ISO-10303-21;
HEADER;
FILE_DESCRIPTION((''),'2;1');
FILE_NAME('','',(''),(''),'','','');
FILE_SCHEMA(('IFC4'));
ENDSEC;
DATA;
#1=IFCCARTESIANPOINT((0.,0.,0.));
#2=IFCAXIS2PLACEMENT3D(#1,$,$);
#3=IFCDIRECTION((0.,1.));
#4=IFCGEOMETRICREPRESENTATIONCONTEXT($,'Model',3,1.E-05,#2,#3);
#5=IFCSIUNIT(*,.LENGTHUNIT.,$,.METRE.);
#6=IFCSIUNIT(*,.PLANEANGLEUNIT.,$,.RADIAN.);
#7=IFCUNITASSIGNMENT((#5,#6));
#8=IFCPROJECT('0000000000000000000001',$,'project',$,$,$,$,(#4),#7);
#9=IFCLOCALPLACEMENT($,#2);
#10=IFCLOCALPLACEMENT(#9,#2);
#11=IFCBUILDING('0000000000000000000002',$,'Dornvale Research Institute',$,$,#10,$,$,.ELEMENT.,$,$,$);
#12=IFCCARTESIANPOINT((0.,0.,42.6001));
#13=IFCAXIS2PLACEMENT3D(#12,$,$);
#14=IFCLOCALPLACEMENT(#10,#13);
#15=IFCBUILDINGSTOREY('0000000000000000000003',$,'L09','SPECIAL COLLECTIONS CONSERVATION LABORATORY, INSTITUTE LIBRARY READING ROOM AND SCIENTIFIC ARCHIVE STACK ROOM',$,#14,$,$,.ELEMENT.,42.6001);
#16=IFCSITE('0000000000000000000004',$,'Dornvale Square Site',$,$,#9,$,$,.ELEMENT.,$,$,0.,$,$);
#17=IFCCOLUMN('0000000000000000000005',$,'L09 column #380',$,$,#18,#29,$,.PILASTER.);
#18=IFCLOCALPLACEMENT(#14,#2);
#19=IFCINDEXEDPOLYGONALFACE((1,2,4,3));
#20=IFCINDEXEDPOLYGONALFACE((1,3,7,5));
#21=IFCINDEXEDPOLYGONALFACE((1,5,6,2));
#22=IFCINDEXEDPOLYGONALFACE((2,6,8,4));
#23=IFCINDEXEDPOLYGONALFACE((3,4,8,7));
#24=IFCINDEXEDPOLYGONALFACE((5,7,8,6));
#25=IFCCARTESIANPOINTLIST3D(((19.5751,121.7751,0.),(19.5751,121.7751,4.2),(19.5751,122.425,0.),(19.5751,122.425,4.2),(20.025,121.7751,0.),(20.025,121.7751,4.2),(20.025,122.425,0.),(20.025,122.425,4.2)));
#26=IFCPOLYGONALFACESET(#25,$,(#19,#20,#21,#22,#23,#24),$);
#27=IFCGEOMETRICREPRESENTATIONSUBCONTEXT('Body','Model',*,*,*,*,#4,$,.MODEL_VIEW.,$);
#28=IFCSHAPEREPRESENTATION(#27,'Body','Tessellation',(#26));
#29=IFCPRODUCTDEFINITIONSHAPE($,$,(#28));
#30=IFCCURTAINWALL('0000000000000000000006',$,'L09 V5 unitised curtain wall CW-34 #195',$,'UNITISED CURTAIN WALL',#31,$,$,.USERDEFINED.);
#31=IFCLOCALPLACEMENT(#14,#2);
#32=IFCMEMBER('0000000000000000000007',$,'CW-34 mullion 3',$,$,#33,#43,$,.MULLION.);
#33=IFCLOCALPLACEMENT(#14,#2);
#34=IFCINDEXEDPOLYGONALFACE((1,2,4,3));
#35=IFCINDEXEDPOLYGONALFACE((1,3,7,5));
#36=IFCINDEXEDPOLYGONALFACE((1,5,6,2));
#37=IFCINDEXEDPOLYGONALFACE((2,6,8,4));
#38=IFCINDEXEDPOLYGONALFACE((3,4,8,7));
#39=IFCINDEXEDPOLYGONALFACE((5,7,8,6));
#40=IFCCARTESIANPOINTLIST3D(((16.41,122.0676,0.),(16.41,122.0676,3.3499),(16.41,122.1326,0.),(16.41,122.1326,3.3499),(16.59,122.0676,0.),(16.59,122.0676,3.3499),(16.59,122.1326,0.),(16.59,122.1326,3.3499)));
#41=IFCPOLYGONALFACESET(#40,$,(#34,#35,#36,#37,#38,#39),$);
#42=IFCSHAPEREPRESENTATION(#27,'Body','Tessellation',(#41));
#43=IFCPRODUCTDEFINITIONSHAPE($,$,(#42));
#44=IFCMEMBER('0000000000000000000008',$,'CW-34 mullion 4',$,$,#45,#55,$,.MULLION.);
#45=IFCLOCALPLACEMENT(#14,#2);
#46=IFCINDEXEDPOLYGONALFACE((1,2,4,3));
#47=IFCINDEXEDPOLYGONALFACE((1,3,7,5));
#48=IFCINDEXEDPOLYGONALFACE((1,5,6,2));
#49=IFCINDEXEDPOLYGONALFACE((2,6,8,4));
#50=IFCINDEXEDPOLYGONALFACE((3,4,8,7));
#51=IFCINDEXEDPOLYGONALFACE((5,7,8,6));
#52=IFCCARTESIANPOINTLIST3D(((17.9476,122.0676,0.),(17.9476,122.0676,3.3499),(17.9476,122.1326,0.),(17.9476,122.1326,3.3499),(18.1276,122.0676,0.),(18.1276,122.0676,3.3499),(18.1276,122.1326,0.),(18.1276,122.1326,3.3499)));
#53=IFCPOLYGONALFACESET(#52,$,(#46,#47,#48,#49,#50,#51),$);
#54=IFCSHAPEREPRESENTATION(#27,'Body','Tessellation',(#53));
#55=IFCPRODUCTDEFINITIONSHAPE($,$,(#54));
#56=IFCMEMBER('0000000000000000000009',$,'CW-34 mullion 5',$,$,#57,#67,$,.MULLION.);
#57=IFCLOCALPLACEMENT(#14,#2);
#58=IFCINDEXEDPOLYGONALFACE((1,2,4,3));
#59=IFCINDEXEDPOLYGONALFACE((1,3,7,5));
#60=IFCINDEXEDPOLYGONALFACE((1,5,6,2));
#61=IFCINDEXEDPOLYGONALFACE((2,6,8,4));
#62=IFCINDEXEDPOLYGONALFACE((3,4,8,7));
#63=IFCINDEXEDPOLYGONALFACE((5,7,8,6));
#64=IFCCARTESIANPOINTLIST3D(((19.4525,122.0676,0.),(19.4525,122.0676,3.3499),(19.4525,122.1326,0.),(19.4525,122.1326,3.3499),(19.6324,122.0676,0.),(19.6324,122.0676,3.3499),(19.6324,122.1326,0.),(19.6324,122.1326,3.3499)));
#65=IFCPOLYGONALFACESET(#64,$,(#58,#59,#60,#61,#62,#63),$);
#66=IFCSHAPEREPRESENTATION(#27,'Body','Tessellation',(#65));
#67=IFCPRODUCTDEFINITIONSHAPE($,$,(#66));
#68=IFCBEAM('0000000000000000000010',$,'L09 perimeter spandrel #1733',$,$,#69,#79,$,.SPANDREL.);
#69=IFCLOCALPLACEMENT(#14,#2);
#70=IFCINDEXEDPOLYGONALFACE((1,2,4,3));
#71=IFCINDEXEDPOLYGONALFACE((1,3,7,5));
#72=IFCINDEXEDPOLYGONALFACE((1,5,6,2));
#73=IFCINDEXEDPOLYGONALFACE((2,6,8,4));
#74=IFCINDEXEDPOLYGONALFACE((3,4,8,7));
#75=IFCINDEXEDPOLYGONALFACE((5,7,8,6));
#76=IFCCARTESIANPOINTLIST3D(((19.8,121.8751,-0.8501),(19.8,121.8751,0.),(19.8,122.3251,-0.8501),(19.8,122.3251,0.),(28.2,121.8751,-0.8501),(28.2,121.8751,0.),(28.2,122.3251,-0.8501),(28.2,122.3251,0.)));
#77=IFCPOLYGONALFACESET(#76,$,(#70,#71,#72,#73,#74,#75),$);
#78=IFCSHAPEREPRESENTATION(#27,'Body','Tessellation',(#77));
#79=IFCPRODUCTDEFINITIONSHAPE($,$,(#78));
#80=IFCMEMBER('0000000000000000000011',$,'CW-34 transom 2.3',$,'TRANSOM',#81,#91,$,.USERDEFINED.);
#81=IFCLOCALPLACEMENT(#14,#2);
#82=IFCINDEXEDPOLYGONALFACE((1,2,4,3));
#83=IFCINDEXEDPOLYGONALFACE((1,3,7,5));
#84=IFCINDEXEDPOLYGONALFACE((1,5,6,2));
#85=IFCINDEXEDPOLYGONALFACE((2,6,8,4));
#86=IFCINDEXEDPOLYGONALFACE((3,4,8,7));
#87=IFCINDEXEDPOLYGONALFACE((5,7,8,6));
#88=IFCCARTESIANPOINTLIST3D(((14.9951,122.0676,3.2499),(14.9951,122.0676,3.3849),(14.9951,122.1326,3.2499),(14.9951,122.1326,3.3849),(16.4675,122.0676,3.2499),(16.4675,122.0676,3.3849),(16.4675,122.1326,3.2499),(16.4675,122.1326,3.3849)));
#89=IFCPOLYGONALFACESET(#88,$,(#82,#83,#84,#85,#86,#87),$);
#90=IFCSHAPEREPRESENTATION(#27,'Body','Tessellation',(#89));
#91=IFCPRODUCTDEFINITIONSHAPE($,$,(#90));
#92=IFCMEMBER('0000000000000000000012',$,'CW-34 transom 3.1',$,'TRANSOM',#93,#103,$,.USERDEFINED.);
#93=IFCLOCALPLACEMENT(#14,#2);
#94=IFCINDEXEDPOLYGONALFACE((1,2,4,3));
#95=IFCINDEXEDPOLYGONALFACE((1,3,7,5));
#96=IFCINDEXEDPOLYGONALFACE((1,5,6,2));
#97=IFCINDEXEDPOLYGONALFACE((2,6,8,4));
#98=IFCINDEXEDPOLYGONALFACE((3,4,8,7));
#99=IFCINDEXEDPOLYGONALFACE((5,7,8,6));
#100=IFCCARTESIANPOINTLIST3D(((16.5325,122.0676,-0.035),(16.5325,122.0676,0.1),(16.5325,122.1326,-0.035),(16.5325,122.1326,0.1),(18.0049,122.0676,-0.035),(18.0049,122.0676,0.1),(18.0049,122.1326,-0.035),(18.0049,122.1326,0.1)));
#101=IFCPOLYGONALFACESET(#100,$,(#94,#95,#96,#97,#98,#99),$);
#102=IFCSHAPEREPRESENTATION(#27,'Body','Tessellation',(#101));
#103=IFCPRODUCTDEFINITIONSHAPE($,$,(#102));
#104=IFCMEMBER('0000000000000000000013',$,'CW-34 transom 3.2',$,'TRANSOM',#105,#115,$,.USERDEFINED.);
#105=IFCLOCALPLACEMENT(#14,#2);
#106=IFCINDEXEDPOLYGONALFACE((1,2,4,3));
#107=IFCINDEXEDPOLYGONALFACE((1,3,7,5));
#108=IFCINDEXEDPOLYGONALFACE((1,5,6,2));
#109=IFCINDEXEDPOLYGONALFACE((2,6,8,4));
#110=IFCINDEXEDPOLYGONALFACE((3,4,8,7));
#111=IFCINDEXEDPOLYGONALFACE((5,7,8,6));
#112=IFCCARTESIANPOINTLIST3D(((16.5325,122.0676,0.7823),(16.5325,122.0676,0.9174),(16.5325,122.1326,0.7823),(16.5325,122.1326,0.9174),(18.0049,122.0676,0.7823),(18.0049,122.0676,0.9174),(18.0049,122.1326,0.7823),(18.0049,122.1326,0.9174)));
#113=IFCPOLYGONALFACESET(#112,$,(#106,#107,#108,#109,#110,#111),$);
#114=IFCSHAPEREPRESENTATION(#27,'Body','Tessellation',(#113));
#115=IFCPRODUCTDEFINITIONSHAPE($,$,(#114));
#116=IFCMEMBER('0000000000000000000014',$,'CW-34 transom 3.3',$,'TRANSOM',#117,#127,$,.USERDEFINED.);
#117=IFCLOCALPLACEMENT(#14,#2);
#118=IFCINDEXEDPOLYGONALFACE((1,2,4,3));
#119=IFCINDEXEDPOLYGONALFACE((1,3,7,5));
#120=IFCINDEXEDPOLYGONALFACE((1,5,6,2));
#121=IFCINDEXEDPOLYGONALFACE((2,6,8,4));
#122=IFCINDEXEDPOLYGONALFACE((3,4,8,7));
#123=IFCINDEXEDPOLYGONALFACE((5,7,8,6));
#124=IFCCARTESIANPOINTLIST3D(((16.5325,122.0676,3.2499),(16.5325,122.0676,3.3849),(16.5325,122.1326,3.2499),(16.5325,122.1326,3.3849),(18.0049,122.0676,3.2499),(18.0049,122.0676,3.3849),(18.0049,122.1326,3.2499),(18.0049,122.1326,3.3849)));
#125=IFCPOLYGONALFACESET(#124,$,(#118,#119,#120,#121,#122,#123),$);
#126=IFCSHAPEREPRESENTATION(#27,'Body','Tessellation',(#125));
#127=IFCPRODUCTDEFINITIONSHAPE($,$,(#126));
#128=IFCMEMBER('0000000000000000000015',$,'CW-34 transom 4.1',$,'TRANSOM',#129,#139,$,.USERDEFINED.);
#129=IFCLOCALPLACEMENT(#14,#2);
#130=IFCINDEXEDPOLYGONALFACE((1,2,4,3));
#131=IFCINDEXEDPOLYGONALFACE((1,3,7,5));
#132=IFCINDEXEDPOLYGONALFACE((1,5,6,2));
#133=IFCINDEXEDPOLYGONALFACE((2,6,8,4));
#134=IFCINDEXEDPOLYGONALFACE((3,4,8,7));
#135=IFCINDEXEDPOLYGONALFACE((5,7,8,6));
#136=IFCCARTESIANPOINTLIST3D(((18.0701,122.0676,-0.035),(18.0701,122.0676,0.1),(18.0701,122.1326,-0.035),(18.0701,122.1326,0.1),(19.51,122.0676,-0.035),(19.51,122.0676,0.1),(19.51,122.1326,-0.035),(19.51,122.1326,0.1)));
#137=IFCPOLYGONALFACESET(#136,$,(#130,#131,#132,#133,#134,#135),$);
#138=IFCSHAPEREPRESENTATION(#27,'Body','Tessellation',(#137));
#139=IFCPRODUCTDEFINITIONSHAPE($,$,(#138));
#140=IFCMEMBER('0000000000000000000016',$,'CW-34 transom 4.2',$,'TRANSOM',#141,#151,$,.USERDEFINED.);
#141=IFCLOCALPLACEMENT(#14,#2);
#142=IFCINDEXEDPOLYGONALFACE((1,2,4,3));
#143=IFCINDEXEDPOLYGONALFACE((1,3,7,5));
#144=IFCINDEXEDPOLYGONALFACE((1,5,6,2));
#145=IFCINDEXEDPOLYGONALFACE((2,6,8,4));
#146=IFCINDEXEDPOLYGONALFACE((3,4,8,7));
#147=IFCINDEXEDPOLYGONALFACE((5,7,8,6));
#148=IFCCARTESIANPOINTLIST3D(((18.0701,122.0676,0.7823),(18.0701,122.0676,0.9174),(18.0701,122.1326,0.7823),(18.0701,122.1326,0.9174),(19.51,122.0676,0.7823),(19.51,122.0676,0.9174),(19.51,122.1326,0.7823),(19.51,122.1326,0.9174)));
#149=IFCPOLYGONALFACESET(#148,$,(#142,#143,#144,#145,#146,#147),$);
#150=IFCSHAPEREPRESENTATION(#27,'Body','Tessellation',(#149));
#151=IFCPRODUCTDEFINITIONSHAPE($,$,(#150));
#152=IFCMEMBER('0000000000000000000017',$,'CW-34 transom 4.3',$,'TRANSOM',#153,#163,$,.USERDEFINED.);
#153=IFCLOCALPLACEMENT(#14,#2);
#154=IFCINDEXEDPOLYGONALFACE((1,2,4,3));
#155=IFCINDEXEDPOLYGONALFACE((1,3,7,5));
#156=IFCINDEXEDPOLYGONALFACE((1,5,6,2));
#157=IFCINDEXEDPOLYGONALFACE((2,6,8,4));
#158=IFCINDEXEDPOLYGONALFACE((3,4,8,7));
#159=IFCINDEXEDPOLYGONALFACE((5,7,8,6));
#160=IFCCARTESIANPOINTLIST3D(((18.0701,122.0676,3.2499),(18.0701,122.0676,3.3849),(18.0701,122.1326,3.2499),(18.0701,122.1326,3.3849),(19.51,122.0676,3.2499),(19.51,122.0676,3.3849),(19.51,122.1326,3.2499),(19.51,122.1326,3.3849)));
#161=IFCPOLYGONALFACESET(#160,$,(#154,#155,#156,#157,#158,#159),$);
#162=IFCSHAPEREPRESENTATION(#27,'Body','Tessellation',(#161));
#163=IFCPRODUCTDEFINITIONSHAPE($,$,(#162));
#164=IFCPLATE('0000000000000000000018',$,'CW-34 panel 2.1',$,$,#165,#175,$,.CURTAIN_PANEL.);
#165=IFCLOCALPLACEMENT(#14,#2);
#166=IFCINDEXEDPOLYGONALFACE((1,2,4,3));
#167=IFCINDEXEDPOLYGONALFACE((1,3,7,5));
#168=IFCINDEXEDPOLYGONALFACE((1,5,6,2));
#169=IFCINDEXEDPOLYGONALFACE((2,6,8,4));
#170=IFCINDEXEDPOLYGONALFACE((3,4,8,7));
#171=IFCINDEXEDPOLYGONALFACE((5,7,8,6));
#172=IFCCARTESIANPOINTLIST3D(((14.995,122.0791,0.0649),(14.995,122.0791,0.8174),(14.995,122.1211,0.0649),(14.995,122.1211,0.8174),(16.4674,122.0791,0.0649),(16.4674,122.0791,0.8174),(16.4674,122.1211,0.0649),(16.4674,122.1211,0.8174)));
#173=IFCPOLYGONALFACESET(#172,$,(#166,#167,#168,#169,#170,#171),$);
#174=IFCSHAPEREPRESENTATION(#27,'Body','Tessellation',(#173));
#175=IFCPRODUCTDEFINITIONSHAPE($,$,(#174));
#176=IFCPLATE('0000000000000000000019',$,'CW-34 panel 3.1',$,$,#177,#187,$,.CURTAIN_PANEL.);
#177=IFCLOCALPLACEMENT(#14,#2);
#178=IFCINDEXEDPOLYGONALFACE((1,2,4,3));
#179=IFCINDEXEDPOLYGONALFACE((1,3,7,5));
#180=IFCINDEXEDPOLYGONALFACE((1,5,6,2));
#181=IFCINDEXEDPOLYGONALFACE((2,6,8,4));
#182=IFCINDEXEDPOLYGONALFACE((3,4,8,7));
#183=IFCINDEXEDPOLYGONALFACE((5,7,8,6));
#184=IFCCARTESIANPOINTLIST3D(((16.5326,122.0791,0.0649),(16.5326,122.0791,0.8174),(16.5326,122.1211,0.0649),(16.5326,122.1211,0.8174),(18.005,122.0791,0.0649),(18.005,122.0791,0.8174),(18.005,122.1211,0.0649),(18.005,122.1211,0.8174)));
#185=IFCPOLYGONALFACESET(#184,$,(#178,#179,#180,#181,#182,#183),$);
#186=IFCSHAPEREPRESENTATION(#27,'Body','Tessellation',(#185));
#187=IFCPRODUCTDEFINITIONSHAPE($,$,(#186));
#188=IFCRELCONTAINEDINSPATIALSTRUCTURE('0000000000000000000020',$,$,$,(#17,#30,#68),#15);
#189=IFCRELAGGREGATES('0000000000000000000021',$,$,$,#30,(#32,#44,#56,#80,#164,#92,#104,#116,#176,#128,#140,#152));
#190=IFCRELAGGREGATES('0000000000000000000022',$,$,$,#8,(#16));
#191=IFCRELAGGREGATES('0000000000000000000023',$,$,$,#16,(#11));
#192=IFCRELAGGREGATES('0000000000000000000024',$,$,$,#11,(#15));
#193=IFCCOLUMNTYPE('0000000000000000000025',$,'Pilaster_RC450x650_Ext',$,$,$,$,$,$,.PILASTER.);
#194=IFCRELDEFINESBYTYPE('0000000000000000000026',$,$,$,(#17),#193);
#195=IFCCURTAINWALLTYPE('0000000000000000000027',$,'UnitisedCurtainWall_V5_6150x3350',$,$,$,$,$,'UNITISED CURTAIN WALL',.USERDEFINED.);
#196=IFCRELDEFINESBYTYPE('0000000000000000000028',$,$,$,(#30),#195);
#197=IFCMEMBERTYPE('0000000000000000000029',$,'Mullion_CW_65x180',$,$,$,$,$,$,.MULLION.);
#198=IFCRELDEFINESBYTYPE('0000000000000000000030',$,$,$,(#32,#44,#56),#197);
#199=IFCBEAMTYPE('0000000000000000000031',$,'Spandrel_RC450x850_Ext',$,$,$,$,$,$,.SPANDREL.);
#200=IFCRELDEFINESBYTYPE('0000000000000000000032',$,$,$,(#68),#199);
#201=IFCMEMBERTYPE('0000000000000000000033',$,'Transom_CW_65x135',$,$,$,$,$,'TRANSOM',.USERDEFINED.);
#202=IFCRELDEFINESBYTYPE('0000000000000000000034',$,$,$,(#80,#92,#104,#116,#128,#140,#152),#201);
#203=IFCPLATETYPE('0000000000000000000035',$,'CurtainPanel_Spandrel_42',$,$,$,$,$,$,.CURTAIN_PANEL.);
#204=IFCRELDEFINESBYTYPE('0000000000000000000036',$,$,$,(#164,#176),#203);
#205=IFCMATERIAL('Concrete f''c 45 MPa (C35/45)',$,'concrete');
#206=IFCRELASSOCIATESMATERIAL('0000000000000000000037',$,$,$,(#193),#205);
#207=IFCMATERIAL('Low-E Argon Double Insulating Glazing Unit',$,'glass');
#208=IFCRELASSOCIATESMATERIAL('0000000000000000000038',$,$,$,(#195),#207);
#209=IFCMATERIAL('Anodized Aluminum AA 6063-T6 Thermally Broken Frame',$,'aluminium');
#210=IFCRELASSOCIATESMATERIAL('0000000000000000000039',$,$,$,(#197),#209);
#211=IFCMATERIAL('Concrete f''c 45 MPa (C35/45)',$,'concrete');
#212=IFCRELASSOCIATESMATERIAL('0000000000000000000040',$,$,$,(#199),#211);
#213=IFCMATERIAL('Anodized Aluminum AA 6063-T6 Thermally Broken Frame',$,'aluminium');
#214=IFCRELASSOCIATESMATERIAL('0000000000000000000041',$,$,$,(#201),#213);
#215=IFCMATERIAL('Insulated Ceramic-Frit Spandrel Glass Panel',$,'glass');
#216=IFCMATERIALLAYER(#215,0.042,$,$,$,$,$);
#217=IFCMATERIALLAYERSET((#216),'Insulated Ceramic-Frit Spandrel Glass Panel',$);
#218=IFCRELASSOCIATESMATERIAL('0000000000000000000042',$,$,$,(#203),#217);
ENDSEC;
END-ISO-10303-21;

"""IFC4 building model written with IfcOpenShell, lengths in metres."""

from ifc_helpers import new_model, si_unit, direction, frame, origin, origin_2d, place, context, subcontext, project, spatial, rectangle, extrude, material, layer, layer_set, material_profile, profile_set, type_object, element, aggregate, save


model = new_model("IFC4")

# Units and contexts
model_context = context("Model", 3, precision=1e-05, world=origin(), true_north=direction((0.0, 1.0)))
body_context = subcontext(model_context, "Body", "Model", "MODEL_VIEW")
ifc_project = project(units=[si_unit("LENGTHUNIT", "METRE"), si_unit("PLANEANGLEUNIT", "RADIAN")], contexts=[model_context])

# Site, building, storey
site_placement = place(None, origin())
site = spatial("IfcSite", under=ifc_project, at=site_placement, Name="Dornvale Square Site", CompositionType="ELEMENT", RefElevation=0.0)
building_placement = place(site_placement, origin())
building = spatial("IfcBuilding", under=site, at=building_placement, Name="Dornvale Research Institute", CompositionType="ELEMENT")
storey_placement = place(building_placement, frame((0.0, 0.0, 42.6001)))
storey = spatial("IfcBuildingStorey", under=building, at=storey_placement, Name="L09", Description="SPECIAL COLLECTIONS CONSERVATION LABORATORY, INSTITUTE LIBRARY READING ROOM AND SCIENTIFIC ARCHIVE STACK ROOM", CompositionType="ELEMENT", Elevation=42.6001)

# Column
ifc_material_1 = material(Name="Concrete f'c 45 MPa (C35/45)", Category="concrete")
ifc_material_profile_1 = material_profile(ifc_material_1, rectangle(XDim=0.45, YDim=0.6499, at=origin_2d()), Name="RC 450x650")
ifc_profile_set_1 = profile_set([ifc_material_profile_1], Name="Concrete f'c 45 MPa (C35/45)")
column_type = type_object("IfcColumnType", Name="Pilaster_RC450x650_Ext", PredefinedType="PILASTER", material=ifc_profile_set_1)
column_placement = place(storey_placement, frame((19.8, 122.1001, 0.0), z_axis=(0.0, 0.0, 1.0), x_axis=(1.0, 0.0, 0.0)))
element("IfcColumn", 1, at=column_placement, inside=storey, type_object=column_type, Name="L09 column #380", PredefinedType="PILASTER", context=body_context, shape_type="SweptSolid", body=[
    extrude(rectangle(XDim=0.45, YDim=0.6499, at=origin_2d()), origin(), (0.0, 0.0, 1.0), 4.2),
])

# Curtain wall, members
ifc_material_2 = material(Name="Low-E Argon Double Insulating Glazing Unit", Category="glass")
curtain_wall_type = type_object("IfcCurtainWallType", Name="UnitisedCurtainWall_V5_6150x3350", ElementType="UNITISED CURTAIN WALL", PredefinedType="USERDEFINED", material=ifc_material_2)
curtain_wall_placement = place(storey_placement, origin())
curtain_wall = element("IfcCurtainWall", 2, at=curtain_wall_placement, inside=storey, type_object=curtain_wall_type, Name="L09 V5 unitised curtain wall CW-34 #195", ObjectType="UNITISED CURTAIN WALL", PredefinedType="USERDEFINED")
ifc_material_3 = material(Name="Anodized Aluminum AA 6063-T6 Thermally Broken Frame", Category="aluminium")
ifc_material_profile_2 = material_profile(ifc_material_3, rectangle(XDim=0.0649, YDim=0.1799, at=origin_2d()), Name="ALU MULLION 65x180")
ifc_profile_set_2 = profile_set([ifc_material_profile_2], Name="Anodized Aluminum AA 6063-T6 Thermally Broken Frame")
member_type_1 = type_object("IfcMemberType", Name="Mullion_CW_65x180", PredefinedType="MULLION", material=ifc_profile_set_2)
member_1_placement = place(storey_placement, frame((16.5, 122.1001, 0.0), z_axis=(0.0, 0.0, 1.0), x_axis=(0.0, 1.0, 0.0)))
member_1 = element("IfcMember", 3, at=member_1_placement, type_object=member_type_1, Name="CW-34 mullion 3", PredefinedType="MULLION", context=body_context, shape_type="SweptSolid", body=[
    extrude(rectangle(XDim=0.0649, YDim=0.1799, at=origin_2d()), origin(), (0.0, 0.0, 1.0), 3.3499),
])
member_2_placement = place(storey_placement, frame((18.0376, 122.1001, 0.0), z_axis=(0.0, 0.0, 1.0), x_axis=(0.0, 1.0, 0.0)))
member_2 = element("IfcMember", 4, at=member_2_placement, type_object=member_type_1, Name="CW-34 mullion 4", PredefinedType="MULLION", context=body_context, shape_type="SweptSolid", body=[
    extrude(rectangle(XDim=0.0649, YDim=0.1799, at=origin_2d()), origin(), (0.0, 0.0, 1.0), 3.3499),
])
member_3_placement = place(storey_placement, frame((19.5425, 122.1001, 0.0), z_axis=(0.0, 0.0, 1.0), x_axis=(0.0, 1.0, 0.0)))
member_3 = element("IfcMember", 5, at=member_3_placement, type_object=member_type_1, Name="CW-34 mullion 5", PredefinedType="MULLION", context=body_context, shape_type="SweptSolid", body=[
    extrude(rectangle(XDim=0.0649, YDim=0.1799, at=origin_2d()), origin(), (0.0, 0.0, 1.0), 3.3499),
])

# Beam
ifc_material_4 = material(Name="Concrete f'c 45 MPa (C35/45)", Category="concrete")
ifc_material_profile_3 = material_profile(ifc_material_4, rectangle(XDim=0.45, YDim=0.8501, at=origin_2d()), Name="RC 450x850")
ifc_profile_set_3 = profile_set([ifc_material_profile_3], Name="Concrete f'c 45 MPa (C35/45)")
beam_type = type_object("IfcBeamType", Name="Spandrel_RC450x850_Ext", PredefinedType="SPANDREL", material=ifc_profile_set_3)
beam_placement = place(storey_placement, frame((19.8, 122.1001, -0.425), z_axis=(1.0, 0.0, 0.0), x_axis=(0.0, 1.0, 0.0)))
element("IfcBeam", 6, at=beam_placement, inside=storey, type_object=beam_type, Name="L09 perimeter spandrel #1733", PredefinedType="SPANDREL", context=body_context, shape_type="SweptSolid", body=[
    extrude(rectangle(XDim=0.45, YDim=0.8501, at=origin_2d()), origin(), (0.0, 0.0, 1.0), 8.3999),
])

# Members
ifc_material_5 = material(Name="Anodized Aluminum AA 6063-T6 Thermally Broken Frame", Category="aluminium")
ifc_material_profile_4 = material_profile(ifc_material_5, rectangle(XDim=0.0649, YDim=0.135, at=origin_2d()), Name="ALU TRANSOM 65x135")
ifc_profile_set_4 = profile_set([ifc_material_profile_4], Name="Anodized Aluminum AA 6063-T6 Thermally Broken Frame")
member_type_2 = type_object("IfcMemberType", Name="Transom_CW_65x135", ElementType="TRANSOM", PredefinedType="USERDEFINED", material=ifc_profile_set_4)
member_4_placement = place(storey_placement, frame((14.9951, 122.1001, 3.3174), z_axis=(1.0, 0.0, 0.0), x_axis=(0.0, 1.0, 0.0)))
member_4 = element("IfcMember", 7, at=member_4_placement, type_object=member_type_2, Name="CW-34 transom 2.3", ObjectType="TRANSOM", PredefinedType="USERDEFINED", context=body_context, shape_type="SweptSolid", body=[
    extrude(rectangle(XDim=0.0649, YDim=0.135, at=origin_2d()), origin(), (0.0, 0.0, 1.0), 1.4724),
])
member_5_placement = place(storey_placement, frame((16.5325, 122.1001, 0.0325), z_axis=(1.0, 0.0, 0.0), x_axis=(0.0, 1.0, 0.0)))
member_5 = element("IfcMember", 8, at=member_5_placement, type_object=member_type_2, Name="CW-34 transom 3.1", ObjectType="TRANSOM", PredefinedType="USERDEFINED", context=body_context, shape_type="SweptSolid", body=[
    extrude(rectangle(XDim=0.0649, YDim=0.135, at=origin_2d()), origin(), (0.0, 0.0, 1.0), 1.4724),
])
member_6_placement = place(storey_placement, frame((16.5325, 122.1001, 0.8499), z_axis=(1.0, 0.0, 0.0), x_axis=(0.0, 1.0, 0.0)))
member_6 = element("IfcMember", 9, at=member_6_placement, type_object=member_type_2, Name="CW-34 transom 3.2", ObjectType="TRANSOM", PredefinedType="USERDEFINED", context=body_context, shape_type="SweptSolid", body=[
    extrude(rectangle(XDim=0.0649, YDim=0.135, at=origin_2d()), origin(), (0.0, 0.0, 1.0), 1.4724),
])
member_7_placement = place(storey_placement, frame((16.5325, 122.1001, 3.3174), z_axis=(1.0, 0.0, 0.0), x_axis=(0.0, 1.0, 0.0)))
member_7 = element("IfcMember", 10, at=member_7_placement, type_object=member_type_2, Name="CW-34 transom 3.3", ObjectType="TRANSOM", PredefinedType="USERDEFINED", context=body_context, shape_type="SweptSolid", body=[
    extrude(rectangle(XDim=0.0649, YDim=0.135, at=origin_2d()), origin(), (0.0, 0.0, 1.0), 1.4724),
])
member_8_placement = place(storey_placement, frame((18.0701, 122.1001, 0.0325), z_axis=(1.0, 0.0, 0.0), x_axis=(0.0, 1.0, 0.0)))
member_8 = element("IfcMember", 11, at=member_8_placement, type_object=member_type_2, Name="CW-34 transom 4.1", ObjectType="TRANSOM", PredefinedType="USERDEFINED", context=body_context, shape_type="SweptSolid", body=[
    extrude(rectangle(XDim=0.0649, YDim=0.135, at=origin_2d()), origin(), (0.0, 0.0, 1.0), 1.4399),
])
member_9_placement = place(storey_placement, frame((18.0701, 122.1001, 0.8499), z_axis=(1.0, 0.0, 0.0), x_axis=(0.0, 1.0, 0.0)))
member_9 = element("IfcMember", 12, at=member_9_placement, type_object=member_type_2, Name="CW-34 transom 4.2", ObjectType="TRANSOM", PredefinedType="USERDEFINED", context=body_context, shape_type="SweptSolid", body=[
    extrude(rectangle(XDim=0.0649, YDim=0.135, at=origin_2d()), origin(), (0.0, 0.0, 1.0), 1.4399),
])
member_10_placement = place(storey_placement, frame((18.0701, 122.1001, 3.3174), z_axis=(1.0, 0.0, 0.0), x_axis=(0.0, 1.0, 0.0)))
member_10 = element("IfcMember", 13, at=member_10_placement, type_object=member_type_2, Name="CW-34 transom 4.3", ObjectType="TRANSOM", PredefinedType="USERDEFINED", context=body_context, shape_type="SweptSolid", body=[
    extrude(rectangle(XDim=0.0649, YDim=0.135, at=origin_2d()), origin(), (0.0, 0.0, 1.0), 1.4399),
])

# Plates
ifc_material_6 = material(Name="Insulated Ceramic-Frit Spandrel Glass Panel", Category="glass")
ifc_layer_1 = layer(ifc_material_6, 0.042)
ifc_layer_set_1 = layer_set([ifc_layer_1], Name="Insulated Ceramic-Frit Spandrel Glass Panel")
plate_type_1 = type_object("IfcPlateType", Name="CurtainPanel_Spandrel_42", PredefinedType="CURTAIN_PANEL", material=ifc_layer_set_1)
plate_1_placement = place(storey_placement, frame((15.7312, 122.1001, 0.0649), z_axis=(0.0, 0.0, 1.0), x_axis=(1.0, 0.0, 0.0)))
plate_1 = element("IfcPlate", 14, at=plate_1_placement, type_object=plate_type_1, Name="CW-34 panel 2.1", PredefinedType="CURTAIN_PANEL", context=body_context, shape_type="SweptSolid", body=[
    extrude(rectangle(XDim=1.4724, YDim=0.042, at=origin_2d()), origin(), (0.0, 0.0, 1.0), 0.7524),
])
plate_2_placement = place(storey_placement, frame((17.2688, 122.1001, 0.0649), z_axis=(0.0, 0.0, 1.0), x_axis=(1.0, 0.0, 0.0)))
plate_2 = element("IfcPlate", 15, at=plate_2_placement, type_object=plate_type_1, Name="CW-34 panel 3.1", PredefinedType="CURTAIN_PANEL", context=body_context, shape_type="SweptSolid", body=[
    extrude(rectangle(XDim=1.4724, YDim=0.042, at=origin_2d()), origin(), (0.0, 0.0, 1.0), 0.7524),
])
aggregate(curtain_wall, [member_1, member_2, member_3, member_4, plate_1, member_5, member_6, member_7, plate_2, member_8, member_9, member_10])

save(model, "model.ifc")
